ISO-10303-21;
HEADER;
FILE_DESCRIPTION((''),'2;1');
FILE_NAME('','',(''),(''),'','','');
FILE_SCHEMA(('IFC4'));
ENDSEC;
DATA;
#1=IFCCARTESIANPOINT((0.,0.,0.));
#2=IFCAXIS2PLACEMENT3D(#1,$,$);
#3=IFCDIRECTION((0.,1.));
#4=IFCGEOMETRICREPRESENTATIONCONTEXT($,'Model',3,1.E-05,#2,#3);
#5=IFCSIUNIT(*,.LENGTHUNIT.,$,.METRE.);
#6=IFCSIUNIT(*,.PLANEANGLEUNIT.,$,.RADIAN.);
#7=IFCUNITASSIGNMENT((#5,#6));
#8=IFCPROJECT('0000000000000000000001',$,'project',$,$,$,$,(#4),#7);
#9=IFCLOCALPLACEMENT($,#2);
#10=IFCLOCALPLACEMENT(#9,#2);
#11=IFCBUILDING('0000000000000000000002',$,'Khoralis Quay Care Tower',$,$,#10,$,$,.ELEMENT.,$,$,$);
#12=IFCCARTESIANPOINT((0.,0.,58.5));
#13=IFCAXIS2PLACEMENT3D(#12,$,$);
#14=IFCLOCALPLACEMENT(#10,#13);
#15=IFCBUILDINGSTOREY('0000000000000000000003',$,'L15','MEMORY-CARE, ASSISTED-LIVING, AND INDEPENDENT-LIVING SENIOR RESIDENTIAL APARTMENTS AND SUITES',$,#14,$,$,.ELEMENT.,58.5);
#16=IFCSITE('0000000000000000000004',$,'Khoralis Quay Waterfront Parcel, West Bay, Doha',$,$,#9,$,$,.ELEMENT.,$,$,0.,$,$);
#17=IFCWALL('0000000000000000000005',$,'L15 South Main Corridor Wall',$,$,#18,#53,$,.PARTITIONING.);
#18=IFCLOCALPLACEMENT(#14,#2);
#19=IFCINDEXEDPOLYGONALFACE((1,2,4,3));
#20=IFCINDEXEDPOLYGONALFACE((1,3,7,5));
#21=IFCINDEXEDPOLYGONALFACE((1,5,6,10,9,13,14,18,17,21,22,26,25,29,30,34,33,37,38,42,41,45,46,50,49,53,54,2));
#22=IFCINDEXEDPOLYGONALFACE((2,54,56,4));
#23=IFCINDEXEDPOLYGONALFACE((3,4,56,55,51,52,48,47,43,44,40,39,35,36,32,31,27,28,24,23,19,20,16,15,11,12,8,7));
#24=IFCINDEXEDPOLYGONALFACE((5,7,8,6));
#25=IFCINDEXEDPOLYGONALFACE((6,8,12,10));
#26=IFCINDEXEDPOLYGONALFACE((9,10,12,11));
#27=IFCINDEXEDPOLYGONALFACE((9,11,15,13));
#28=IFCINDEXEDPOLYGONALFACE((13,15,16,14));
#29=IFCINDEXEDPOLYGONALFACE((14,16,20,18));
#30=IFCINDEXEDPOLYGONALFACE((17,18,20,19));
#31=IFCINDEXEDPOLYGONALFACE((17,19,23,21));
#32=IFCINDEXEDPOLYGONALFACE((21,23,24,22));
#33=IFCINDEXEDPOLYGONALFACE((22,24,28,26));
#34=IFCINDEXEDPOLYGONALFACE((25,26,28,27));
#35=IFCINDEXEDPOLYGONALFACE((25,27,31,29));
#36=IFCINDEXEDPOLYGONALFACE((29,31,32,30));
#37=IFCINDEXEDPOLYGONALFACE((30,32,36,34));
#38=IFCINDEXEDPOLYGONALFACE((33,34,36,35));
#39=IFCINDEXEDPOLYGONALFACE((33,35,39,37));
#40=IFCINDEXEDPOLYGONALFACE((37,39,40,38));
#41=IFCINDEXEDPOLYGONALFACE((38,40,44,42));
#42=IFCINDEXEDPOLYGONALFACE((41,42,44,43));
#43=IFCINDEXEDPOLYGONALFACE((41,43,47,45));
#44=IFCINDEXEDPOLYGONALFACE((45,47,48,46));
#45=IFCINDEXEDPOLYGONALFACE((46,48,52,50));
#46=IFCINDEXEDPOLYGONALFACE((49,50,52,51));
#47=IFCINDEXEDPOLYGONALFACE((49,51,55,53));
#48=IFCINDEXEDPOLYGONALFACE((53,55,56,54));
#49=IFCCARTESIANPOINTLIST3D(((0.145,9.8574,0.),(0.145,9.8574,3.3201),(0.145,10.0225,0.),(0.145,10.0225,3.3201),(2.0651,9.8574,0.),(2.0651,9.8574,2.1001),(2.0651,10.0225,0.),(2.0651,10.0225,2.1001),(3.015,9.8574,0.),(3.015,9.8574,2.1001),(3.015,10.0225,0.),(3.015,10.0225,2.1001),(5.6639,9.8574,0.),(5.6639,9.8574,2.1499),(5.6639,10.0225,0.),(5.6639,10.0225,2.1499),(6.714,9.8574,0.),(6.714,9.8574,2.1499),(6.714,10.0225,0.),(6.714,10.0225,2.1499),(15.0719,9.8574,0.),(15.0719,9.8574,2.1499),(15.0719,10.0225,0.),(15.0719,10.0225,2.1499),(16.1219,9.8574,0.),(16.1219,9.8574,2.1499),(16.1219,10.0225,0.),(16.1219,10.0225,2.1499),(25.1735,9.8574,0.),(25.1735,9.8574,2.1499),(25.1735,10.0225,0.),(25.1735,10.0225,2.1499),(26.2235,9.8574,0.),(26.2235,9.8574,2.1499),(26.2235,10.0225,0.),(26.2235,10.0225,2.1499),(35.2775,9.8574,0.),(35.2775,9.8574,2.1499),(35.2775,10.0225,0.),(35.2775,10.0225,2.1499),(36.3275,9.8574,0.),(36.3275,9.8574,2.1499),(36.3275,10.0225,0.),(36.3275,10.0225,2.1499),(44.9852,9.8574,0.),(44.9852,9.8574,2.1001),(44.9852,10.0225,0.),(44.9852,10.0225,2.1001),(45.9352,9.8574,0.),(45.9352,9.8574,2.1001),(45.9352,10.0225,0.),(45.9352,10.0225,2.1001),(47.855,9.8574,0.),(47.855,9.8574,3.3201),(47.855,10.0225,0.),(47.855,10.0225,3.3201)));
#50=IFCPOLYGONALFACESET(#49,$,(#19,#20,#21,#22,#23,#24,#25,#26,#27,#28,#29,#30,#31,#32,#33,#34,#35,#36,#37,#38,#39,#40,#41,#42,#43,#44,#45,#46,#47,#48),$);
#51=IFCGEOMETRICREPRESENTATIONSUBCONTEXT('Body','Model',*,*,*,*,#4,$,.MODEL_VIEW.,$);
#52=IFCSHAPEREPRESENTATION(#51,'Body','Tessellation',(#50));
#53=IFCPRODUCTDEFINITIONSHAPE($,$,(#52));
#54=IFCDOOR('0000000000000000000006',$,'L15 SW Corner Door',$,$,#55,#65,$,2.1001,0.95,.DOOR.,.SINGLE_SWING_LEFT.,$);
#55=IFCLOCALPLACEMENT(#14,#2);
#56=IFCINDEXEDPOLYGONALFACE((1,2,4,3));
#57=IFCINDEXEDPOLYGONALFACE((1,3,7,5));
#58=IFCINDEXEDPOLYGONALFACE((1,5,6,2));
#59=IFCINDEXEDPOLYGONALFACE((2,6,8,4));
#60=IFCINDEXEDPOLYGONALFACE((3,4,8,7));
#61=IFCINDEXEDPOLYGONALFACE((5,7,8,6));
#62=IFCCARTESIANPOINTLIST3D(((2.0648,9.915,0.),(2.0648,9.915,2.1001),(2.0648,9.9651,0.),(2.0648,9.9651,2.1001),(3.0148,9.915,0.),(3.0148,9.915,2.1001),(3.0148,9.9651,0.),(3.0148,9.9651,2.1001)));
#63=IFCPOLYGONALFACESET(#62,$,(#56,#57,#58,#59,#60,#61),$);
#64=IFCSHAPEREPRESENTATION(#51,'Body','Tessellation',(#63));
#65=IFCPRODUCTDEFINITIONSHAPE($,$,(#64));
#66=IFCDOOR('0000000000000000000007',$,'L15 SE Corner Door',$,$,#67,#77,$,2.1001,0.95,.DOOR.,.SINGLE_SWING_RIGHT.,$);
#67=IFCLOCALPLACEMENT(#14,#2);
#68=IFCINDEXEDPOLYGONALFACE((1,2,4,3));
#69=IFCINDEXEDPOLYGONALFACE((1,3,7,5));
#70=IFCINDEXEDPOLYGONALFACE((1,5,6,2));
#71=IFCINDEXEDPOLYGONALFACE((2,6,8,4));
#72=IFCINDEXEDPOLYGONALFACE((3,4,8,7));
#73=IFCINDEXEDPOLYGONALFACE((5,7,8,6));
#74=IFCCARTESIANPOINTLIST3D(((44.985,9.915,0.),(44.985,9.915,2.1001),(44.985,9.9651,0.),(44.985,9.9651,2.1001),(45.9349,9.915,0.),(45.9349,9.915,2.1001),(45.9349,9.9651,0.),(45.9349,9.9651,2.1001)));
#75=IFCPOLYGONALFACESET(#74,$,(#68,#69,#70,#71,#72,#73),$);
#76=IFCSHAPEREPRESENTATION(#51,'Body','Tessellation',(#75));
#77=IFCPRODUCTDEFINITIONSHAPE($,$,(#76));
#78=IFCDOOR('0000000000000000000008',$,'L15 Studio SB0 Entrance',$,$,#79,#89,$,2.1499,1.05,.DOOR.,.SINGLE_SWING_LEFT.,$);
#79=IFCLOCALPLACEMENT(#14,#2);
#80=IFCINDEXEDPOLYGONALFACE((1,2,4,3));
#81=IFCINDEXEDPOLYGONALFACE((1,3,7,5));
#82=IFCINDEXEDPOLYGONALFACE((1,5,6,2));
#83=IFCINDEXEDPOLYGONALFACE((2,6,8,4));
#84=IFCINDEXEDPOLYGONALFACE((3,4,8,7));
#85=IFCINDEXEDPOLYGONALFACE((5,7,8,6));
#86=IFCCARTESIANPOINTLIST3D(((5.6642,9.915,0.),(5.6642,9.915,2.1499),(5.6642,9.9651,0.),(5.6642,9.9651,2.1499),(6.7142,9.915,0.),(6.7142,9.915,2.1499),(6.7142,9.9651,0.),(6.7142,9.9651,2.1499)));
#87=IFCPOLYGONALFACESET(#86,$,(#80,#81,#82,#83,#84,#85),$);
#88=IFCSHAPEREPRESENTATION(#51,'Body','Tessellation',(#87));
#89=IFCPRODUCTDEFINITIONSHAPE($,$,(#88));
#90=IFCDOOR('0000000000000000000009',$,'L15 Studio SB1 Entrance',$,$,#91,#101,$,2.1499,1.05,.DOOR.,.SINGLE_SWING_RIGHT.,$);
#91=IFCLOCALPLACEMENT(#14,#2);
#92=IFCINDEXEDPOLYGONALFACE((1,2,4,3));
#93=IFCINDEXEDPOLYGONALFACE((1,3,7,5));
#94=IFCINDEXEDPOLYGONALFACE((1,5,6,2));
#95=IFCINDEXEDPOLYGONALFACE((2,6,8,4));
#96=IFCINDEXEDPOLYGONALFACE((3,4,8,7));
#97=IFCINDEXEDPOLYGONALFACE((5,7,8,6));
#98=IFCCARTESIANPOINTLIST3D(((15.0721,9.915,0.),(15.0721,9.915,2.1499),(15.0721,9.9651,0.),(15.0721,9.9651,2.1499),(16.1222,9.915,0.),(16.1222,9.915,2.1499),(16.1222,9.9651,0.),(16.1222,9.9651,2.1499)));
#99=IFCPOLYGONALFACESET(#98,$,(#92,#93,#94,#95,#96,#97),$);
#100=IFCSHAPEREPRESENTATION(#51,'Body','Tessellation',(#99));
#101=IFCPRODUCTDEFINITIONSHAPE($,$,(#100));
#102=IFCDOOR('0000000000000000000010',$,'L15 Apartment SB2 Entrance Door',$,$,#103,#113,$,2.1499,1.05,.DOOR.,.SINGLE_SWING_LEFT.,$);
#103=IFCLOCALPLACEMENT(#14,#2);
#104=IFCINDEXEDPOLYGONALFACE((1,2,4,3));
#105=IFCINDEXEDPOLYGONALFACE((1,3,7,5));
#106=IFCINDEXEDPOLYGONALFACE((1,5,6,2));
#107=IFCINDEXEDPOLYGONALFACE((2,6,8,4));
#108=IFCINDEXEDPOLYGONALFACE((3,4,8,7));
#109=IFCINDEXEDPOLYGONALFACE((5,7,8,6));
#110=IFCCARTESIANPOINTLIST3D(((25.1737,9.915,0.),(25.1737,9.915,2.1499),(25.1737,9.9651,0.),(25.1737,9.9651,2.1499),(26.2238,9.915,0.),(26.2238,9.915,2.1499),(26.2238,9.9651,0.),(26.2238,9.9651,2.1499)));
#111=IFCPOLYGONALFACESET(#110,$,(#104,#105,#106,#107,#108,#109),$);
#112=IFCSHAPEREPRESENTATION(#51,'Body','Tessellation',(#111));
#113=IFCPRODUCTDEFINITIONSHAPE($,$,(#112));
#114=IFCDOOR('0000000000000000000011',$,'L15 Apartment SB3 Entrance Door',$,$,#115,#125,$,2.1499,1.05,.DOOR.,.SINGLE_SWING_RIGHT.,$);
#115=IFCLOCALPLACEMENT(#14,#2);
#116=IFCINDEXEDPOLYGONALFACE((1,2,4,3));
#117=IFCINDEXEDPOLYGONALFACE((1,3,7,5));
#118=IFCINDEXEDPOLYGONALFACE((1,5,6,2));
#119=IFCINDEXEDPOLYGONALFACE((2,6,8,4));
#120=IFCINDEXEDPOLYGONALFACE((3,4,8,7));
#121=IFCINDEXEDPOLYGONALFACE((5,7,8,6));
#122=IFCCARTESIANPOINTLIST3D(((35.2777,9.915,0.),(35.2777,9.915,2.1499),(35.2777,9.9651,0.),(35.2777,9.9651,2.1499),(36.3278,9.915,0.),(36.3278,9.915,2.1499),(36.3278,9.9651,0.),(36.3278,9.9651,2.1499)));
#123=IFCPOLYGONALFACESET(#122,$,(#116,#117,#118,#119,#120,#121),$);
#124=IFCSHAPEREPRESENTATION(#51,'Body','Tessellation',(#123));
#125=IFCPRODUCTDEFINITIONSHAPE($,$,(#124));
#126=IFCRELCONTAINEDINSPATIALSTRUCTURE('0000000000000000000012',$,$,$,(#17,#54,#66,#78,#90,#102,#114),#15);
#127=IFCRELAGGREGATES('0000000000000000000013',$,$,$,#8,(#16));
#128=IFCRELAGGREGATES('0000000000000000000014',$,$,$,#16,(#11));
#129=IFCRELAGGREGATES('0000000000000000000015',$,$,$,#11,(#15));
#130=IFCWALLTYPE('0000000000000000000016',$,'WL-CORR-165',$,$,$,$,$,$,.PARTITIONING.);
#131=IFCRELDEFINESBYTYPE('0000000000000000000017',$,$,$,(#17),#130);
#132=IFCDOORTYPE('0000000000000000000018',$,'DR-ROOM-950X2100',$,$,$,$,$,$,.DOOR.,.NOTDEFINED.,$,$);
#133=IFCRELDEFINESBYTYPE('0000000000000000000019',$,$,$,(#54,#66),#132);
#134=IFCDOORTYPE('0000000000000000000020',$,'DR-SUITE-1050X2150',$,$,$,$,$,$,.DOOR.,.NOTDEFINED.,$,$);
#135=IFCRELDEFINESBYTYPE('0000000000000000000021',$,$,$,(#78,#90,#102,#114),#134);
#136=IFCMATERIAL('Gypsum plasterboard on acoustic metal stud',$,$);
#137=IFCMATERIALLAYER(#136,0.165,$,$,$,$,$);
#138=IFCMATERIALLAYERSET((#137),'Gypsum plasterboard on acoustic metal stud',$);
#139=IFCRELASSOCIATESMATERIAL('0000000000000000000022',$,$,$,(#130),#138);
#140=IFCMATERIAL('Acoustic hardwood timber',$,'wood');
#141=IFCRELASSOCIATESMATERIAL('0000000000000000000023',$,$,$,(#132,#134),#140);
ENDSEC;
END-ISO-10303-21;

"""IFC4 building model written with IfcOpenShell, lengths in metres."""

from ifc_helpers import new_model, si_unit, direction, frame, frame_2d, origin, place, context, subcontext, project, spatial, rectangle, extrude, source, transform, mapped, material, layer, layer_set, type_object, element, fill, save


model = new_model("IFC4")

# Units and contexts
model_context = context("Model", 3, precision=1e-05, world=origin(), true_north=direction((0.0, 1.0)))
body_context = subcontext(model_context, "Body", "Model", "MODEL_VIEW")
ifc_project = project(units=[si_unit("LENGTHUNIT", "METRE"), si_unit("PLANEANGLEUNIT", "RADIAN")], contexts=[model_context])

# Site, building, storey
site_placement = place(None, origin())
site = spatial("IfcSite", under=ifc_project, at=site_placement, Name="Khoralis Quay Waterfront Parcel, West Bay, Doha", CompositionType="ELEMENT", RefElevation=0.0)
building_placement = place(site_placement, origin())
building = spatial("IfcBuilding", under=site, at=building_placement, Name="Khoralis Quay Care Tower", CompositionType="ELEMENT")
storey_placement = place(building_placement, frame((0.0, 0.0, 58.5)))
storey = spatial("IfcBuildingStorey", under=building, at=storey_placement, Name="L15", Description="MEMORY-CARE, ASSISTED-LIVING, AND INDEPENDENT-LIVING SENIOR RESIDENTIAL APARTMENTS AND SUITES", CompositionType="ELEMENT", Elevation=58.5)

# Wall, openings, doors
ifc_material_1 = material(Name="Gypsum plasterboard on acoustic metal stud")
ifc_layer_1 = layer(ifc_material_1, 0.165)
ifc_layer_set_1 = layer_set([ifc_layer_1], Name="Gypsum plasterboard on acoustic metal stud")
wall_type = type_object("IfcWallType", Name="WL-CORR-165", PredefinedType="PARTITIONING", material=ifc_layer_set_1)
wall_1_placement = place(storey_placement, frame((0.145, 9.9399, 0.0), z_axis=(0.0, 0.0, 1.0), x_axis=(1.0, 0.0, 0.0)))
wall_1 = element("IfcWall", 1, at=wall_1_placement, inside=storey, type_object=wall_type, Name="L15 South Main Corridor Wall", PredefinedType="PARTITIONING", context=body_context, shape_type="SweptSolid", body=[
    extrude(rectangle(XDim=47.71, YDim=0.165, at=frame_2d((23.855, 0.0))), origin(), (0.0, 0.0, 1.0), 3.3201),
])
opening_1_placement = place(wall_1_placement, frame((5.519, 0.0, 0.0)))
opening_1 = element("IfcOpeningElement", 2, at=opening_1_placement, cuts=wall_1, PredefinedType="OPENING", context=body_context, shape_type="SweptSolid", body=[
    extrude(rectangle(XDim=1.05, YDim=2.1499, at=frame_2d((0.5249, 1.075))), frame((0.0, 0.0925, 0.0), z_axis=(0.0, -1.0, 0.0), x_axis=(1.0, 0.0, 0.0)), (0.0, 0.0, 1.0), 0.1851),
])
opening_2_placement = place(wall_1_placement, frame((14.927, 0.0, 0.0)))
opening_2 = element("IfcOpeningElement", 3, at=opening_2_placement, cuts=wall_1, PredefinedType="OPENING", context=body_context, shape_type="SweptSolid", body=[
    extrude(rectangle(XDim=1.05, YDim=2.1499, at=frame_2d((0.5249, 1.075))), frame((0.0, 0.0925, 0.0), z_axis=(0.0, -1.0, 0.0), x_axis=(1.0, 0.0, 0.0)), (0.0, 0.0, 1.0), 0.1851),
])
opening_3_placement = place(wall_1_placement, frame((25.0286, 0.0, 0.0)))
opening_3 = element("IfcOpeningElement", 4, at=opening_3_placement, cuts=wall_1, PredefinedType="OPENING", context=body_context, shape_type="SweptSolid", body=[
    extrude(rectangle(XDim=1.05, YDim=2.1499, at=frame_2d((0.5249, 1.075))), frame((0.0, 0.0925, 0.0), z_axis=(0.0, -1.0, 0.0), x_axis=(1.0, 0.0, 0.0)), (0.0, 0.0, 1.0), 0.1851),
])
opening_4_placement = place(wall_1_placement, frame((35.1326, 0.0, 0.0)))
opening_4 = element("IfcOpeningElement", 5, at=opening_4_placement, cuts=wall_1, PredefinedType="OPENING", context=body_context, shape_type="SweptSolid", body=[
    extrude(rectangle(XDim=1.05, YDim=2.1499, at=frame_2d((0.5249, 1.075))), frame((0.0, 0.0925, 0.0), z_axis=(0.0, -1.0, 0.0), x_axis=(1.0, 0.0, 0.0)), (0.0, 0.0, 1.0), 0.1851),
])
opening_5_placement = place(wall_1_placement, frame((1.9199, 0.0, 0.0)))
opening_5 = element("IfcOpeningElement", 6, at=opening_5_placement, cuts=wall_1, PredefinedType="OPENING", context=body_context, shape_type="SweptSolid", body=[
    extrude(rectangle(XDim=0.95, YDim=2.1001, at=frame_2d((0.4751, 1.05))), frame((0.0, 0.0925, 0.0), z_axis=(0.0, -1.0, 0.0), x_axis=(1.0, 0.0, 0.0)), (0.0, 0.0, 1.0), 0.1851),
])
opening_6_placement = place(wall_1_placement, frame((44.8401, 0.0, 0.0)))
opening_6 = element("IfcOpeningElement", 7, at=opening_6_placement, cuts=wall_1, PredefinedType="OPENING", context=body_context, shape_type="SweptSolid", body=[
    extrude(rectangle(XDim=0.95, YDim=2.1001, at=frame_2d((0.4751, 1.05))), frame((0.0, 0.0925, 0.0), z_axis=(0.0, -1.0, 0.0), x_axis=(1.0, 0.0, 0.0)), (0.0, 0.0, 1.0), 0.1851),
])
ifc_material_2 = material(Name="Acoustic hardwood timber", Category="wood")
door_type_1 = type_object("IfcDoorType", Name="DR-ROOM-950X2100", OperationType="NOTDEFINED", PredefinedType="DOOR", material=ifc_material_2)
shared_shape_1 = source(origin(), body_context, "Body", "SweptSolid", [
    extrude(rectangle(XDim=0.95, YDim=2.1001, at=frame_2d((0.4751, 1.05))), frame((0.0, 0.0249, 0.0), z_axis=(0.0, -1.0, 0.0), x_axis=(1.0, 0.0, 0.0)), (0.0, 0.0, 1.0), 0.05),
])
door_1_placement = place(opening_5_placement, frame((0.95, 0.0, 0.0), z_axis=(0.0, 0.0, 1.0), x_axis=(-1.0, 0.0, 0.0)))
door_1 = element("IfcDoor", 8, at=door_1_placement, inside=storey, type_object=door_type_1, Name="L15 SW Corner Door", OperationType="SINGLE_SWING_LEFT", OverallHeight=2.1001, OverallWidth=0.95, PredefinedType="DOOR", context=body_context, shape_type="MappedRepresentation", body=[
    mapped(shared_shape_1, transform((0.0, 0.0, 0.0), scale=1.0)),
])
fill(opening_5, door_1)
door_2_placement = place(opening_6_placement, frame((0.95, 0.0, 0.0), z_axis=(0.0, 0.0, 1.0), x_axis=(-1.0, 0.0, 0.0)))
door_2 = element("IfcDoor", 9, at=door_2_placement, inside=storey, type_object=door_type_1, Name="L15 SE Corner Door", OperationType="SINGLE_SWING_RIGHT", OverallHeight=2.1001, OverallWidth=0.95, PredefinedType="DOOR", context=body_context, shape_type="MappedRepresentation", body=[
    mapped(shared_shape_1, transform((0.0, 0.0, 0.0), scale=1.0)),
])
fill(opening_6, door_2)
door_type_2 = type_object("IfcDoorType", Name="DR-SUITE-1050X2150", OperationType="NOTDEFINED", PredefinedType="DOOR", material=ifc_material_2)
shared_shape_2 = source(origin(), body_context, "Body", "SweptSolid", [
    extrude(rectangle(XDim=1.05, YDim=2.1499, at=frame_2d((0.5249, 1.075))), frame((0.0, 0.0249, 0.0), z_axis=(0.0, -1.0, 0.0), x_axis=(1.0, 0.0, 0.0)), (0.0, 0.0, 1.0), 0.05),
])
door_3_placement = place(opening_1_placement, frame((1.05, 0.0, 0.0), z_axis=(0.0, 0.0, 1.0), x_axis=(-1.0, 0.0, 0.0)))
door_3 = element("IfcDoor", 10, at=door_3_placement, inside=storey, type_object=door_type_2, Name="L15 Studio SB0 Entrance", OperationType="SINGLE_SWING_LEFT", OverallHeight=2.1499, OverallWidth=1.05, PredefinedType="DOOR", context=body_context, shape_type="MappedRepresentation", body=[
    mapped(shared_shape_2, transform((0.0, 0.0, 0.0), scale=1.0)),
])
fill(opening_1, door_3)
door_4_placement = place(opening_2_placement, frame((1.05, 0.0, 0.0), z_axis=(0.0, 0.0, 1.0), x_axis=(-1.0, 0.0, 0.0)))
door_4 = element("IfcDoor", 11, at=door_4_placement, inside=storey, type_object=door_type_2, Name="L15 Studio SB1 Entrance", OperationType="SINGLE_SWING_RIGHT", OverallHeight=2.1499, OverallWidth=1.05, PredefinedType="DOOR", context=body_context, shape_type="MappedRepresentation", body=[
    mapped(shared_shape_2, transform((0.0, 0.0, 0.0), scale=1.0)),
])
fill(opening_2, door_4)
door_5_placement = place(opening_3_placement, frame((1.05, 0.0, 0.0), z_axis=(0.0, 0.0, 1.0), x_axis=(-1.0, 0.0, 0.0)))
door_5 = element("IfcDoor", 12, at=door_5_placement, inside=storey, type_object=door_type_2, Name="L15 Apartment SB2 Entrance Door", OperationType="SINGLE_SWING_LEFT", OverallHeight=2.1499, OverallWidth=1.05, PredefinedType="DOOR", context=body_context, shape_type="MappedRepresentation", body=[
    mapped(shared_shape_2, transform((0.0, 0.0, 0.0), scale=1.0)),
])
fill(opening_3, door_5)
door_6_placement = place(opening_4_placement, frame((1.05, 0.0, 0.0), z_axis=(0.0, 0.0, 1.0), x_axis=(-1.0, 0.0, 0.0)))
door_6 = element("IfcDoor", 13, at=door_6_placement, inside=storey, type_object=door_type_2, Name="L15 Apartment SB3 Entrance Door", OperationType="SINGLE_SWING_RIGHT", OverallHeight=2.1499, OverallWidth=1.05, PredefinedType="DOOR", context=body_context, shape_type="MappedRepresentation", body=[
    mapped(shared_shape_2, transform((0.0, 0.0, 0.0), scale=1.0)),
])
fill(opening_4, door_6)

save(model, "model.ifc")
